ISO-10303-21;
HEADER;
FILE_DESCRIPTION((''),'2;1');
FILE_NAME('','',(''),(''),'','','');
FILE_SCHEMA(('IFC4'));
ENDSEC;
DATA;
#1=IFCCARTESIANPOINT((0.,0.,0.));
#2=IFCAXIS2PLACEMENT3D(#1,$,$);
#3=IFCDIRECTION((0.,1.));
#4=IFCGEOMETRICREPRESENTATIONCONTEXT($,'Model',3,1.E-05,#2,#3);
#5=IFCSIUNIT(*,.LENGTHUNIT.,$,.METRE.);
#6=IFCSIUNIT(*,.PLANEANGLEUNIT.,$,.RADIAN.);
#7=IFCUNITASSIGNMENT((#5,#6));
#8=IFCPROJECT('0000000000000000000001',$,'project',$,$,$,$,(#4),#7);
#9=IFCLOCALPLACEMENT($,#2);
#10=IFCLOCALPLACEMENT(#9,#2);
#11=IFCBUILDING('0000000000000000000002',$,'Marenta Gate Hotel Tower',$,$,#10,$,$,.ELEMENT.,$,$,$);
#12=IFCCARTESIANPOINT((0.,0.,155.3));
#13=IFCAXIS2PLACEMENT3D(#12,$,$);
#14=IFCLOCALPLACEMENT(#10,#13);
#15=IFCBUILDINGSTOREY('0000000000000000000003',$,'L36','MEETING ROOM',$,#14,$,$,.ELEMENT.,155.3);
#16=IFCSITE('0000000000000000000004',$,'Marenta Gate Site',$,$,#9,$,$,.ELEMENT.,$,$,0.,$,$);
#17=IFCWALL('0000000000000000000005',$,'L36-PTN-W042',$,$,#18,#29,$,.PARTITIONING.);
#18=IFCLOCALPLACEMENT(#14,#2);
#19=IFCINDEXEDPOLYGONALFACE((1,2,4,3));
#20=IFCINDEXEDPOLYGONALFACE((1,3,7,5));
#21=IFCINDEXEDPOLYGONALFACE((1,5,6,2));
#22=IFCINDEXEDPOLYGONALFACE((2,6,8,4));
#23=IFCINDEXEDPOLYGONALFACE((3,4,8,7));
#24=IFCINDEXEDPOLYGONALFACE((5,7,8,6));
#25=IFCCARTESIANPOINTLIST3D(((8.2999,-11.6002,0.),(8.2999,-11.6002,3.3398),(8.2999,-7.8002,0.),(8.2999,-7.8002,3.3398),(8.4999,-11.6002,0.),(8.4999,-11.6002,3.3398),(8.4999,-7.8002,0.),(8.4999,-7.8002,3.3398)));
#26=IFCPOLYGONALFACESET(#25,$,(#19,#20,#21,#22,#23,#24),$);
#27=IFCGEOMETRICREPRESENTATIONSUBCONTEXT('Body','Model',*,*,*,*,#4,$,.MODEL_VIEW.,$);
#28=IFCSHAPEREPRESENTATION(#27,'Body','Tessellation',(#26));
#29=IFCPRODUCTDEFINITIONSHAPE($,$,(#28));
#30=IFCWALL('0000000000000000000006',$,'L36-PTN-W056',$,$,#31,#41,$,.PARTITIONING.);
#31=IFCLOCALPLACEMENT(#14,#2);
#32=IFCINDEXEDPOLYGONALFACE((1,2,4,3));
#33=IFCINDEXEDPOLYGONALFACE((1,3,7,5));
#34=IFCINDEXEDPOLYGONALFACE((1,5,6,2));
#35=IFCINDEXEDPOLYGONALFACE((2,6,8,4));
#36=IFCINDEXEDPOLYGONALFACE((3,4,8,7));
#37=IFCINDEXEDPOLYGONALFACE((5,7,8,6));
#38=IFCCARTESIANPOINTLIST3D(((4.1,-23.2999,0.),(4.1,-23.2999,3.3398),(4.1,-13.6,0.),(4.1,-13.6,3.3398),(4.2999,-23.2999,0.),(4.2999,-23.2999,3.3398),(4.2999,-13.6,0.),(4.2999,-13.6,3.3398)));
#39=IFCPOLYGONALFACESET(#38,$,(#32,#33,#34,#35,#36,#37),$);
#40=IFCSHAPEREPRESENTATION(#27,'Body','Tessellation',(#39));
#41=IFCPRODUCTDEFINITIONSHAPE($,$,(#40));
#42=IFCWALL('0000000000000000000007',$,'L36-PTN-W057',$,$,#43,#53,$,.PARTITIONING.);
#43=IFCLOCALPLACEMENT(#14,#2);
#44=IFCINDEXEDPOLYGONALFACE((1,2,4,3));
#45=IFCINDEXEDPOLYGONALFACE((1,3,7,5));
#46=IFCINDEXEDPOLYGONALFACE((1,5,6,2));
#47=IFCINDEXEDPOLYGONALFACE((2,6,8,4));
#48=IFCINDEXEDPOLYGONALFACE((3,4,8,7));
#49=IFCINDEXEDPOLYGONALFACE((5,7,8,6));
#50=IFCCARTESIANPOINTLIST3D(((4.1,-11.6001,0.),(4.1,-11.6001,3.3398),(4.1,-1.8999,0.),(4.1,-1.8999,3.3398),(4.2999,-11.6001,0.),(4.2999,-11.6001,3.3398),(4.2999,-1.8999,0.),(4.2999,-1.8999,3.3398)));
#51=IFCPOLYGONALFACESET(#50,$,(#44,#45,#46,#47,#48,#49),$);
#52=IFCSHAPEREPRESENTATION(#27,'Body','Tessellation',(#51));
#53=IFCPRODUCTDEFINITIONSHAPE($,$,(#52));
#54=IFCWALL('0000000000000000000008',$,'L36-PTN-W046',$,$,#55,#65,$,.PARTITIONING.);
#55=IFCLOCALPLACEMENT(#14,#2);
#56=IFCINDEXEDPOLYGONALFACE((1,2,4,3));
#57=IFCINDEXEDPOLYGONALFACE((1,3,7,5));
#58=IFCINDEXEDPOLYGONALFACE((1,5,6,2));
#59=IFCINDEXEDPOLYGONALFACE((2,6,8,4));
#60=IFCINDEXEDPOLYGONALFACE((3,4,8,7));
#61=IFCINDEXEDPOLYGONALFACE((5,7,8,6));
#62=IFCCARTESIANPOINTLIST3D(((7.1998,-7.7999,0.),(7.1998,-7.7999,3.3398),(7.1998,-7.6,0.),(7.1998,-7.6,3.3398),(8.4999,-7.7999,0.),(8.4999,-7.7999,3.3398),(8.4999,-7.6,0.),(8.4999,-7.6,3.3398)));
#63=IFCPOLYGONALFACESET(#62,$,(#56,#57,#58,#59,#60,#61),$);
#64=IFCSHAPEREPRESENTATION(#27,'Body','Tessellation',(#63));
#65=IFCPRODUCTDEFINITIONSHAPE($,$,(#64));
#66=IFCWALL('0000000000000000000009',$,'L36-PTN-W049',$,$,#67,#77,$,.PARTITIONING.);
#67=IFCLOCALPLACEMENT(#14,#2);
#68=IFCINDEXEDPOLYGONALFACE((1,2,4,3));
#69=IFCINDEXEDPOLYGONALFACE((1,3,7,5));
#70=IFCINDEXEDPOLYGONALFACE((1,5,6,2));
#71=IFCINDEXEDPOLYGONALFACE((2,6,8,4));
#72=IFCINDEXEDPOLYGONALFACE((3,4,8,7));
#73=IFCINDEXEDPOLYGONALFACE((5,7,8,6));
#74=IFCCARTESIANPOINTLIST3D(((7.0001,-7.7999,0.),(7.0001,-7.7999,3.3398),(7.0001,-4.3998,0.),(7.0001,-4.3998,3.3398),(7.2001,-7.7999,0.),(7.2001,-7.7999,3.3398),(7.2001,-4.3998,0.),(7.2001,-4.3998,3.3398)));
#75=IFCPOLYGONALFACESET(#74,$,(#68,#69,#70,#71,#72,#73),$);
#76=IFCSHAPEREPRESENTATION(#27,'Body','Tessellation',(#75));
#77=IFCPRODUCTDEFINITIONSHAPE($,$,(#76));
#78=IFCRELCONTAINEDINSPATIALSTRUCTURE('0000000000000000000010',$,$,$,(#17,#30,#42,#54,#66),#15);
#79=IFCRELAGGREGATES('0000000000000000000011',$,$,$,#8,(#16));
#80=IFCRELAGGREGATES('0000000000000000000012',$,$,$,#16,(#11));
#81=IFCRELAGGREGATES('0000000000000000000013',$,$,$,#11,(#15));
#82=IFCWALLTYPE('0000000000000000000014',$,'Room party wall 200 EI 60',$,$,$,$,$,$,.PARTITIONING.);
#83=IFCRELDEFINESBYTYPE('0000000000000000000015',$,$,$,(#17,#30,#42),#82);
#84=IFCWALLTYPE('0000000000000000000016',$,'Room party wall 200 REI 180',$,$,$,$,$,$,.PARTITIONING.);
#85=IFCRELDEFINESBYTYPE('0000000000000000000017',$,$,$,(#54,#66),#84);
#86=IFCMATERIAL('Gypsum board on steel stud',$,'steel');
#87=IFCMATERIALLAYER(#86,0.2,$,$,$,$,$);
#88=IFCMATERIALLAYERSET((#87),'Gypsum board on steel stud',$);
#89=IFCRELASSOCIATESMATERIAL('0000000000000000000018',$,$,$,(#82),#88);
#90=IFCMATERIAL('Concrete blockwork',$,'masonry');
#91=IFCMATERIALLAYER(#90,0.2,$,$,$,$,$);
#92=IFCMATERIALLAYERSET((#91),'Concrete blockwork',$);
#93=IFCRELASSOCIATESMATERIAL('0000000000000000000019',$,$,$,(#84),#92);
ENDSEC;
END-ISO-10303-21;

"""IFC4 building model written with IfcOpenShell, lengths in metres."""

from ifc_helpers import new_model, si_unit, direction, frame, frame_2d, origin, place, context, subcontext, project, spatial, rectangle, extrude, material, layer, layer_set, type_object, element, save


model = new_model("IFC4")

# Units and contexts
model_context = context("Model", 3, precision=1e-05, world=origin(), true_north=direction((0.0, 1.0)))
body_context = subcontext(model_context, "Body", "Model", "MODEL_VIEW")
ifc_project = project(units=[si_unit("LENGTHUNIT", "METRE"), si_unit("PLANEANGLEUNIT", "RADIAN")], contexts=[model_context])

# Site, building, storey
site_placement = place(None, origin())
site = spatial("IfcSite", under=ifc_project, at=site_placement, Name="Marenta Gate Site", CompositionType="ELEMENT", RefElevation=0.0)
building_placement = place(site_placement, origin())
building = spatial("IfcBuilding", under=site, at=building_placement, Name="Marenta Gate Hotel Tower", CompositionType="ELEMENT")
storey_placement = place(building_placement, frame((0.0, 0.0, 155.3)))
storey = spatial("IfcBuildingStorey", under=building, at=storey_placement, Name="L36", Description="MEETING ROOM", CompositionType="ELEMENT", Elevation=155.3)

# Walls
ifc_material_1 = material(Name="Gypsum board on steel stud", Category="steel")
ifc_layer_1 = layer(ifc_material_1, 0.2)
ifc_layer_set_1 = layer_set([ifc_layer_1], Name="Gypsum board on steel stud")
wall_type_1 = type_object("IfcWallType", Name="Room party wall 200 EI 60", PredefinedType="PARTITIONING", material=ifc_layer_set_1)
wall_1_placement = place(storey_placement, frame((8.3999, -11.6001, 0.0), z_axis=(0.0, 0.0, 1.0), x_axis=(0.0, 1.0, 0.0)))
element("IfcWall", 1, at=wall_1_placement, inside=storey, type_object=wall_type_1, Name="L36-PTN-W042", PredefinedType="PARTITIONING", context=body_context, shape_type="SweptSolid", body=[
    extrude(rectangle(XDim=3.8, YDim=0.2, at=frame_2d((1.8999, 0.0))), origin(), (0.0, 0.0, 1.0), 3.3398),
])
wall_2_placement = place(storey_placement, frame((4.2, -23.3, 0.0), z_axis=(0.0, 0.0, 1.0), x_axis=(0.0, 1.0, 0.0)))
element("IfcWall", 2, at=wall_2_placement, inside=storey, type_object=wall_type_1, Name="L36-PTN-W056", PredefinedType="PARTITIONING", context=body_context, shape_type="SweptSolid", body=[
    extrude(rectangle(XDim=9.7, YDim=0.2, at=frame_2d((4.8501, 0.0))), origin(), (0.0, 0.0, 1.0), 3.3398),
])
wall_3_placement = place(storey_placement, frame((4.2, -11.6001, 0.0), z_axis=(0.0, 0.0, 1.0), x_axis=(0.0, 1.0, 0.0)))
element("IfcWall", 3, at=wall_3_placement, inside=storey, type_object=wall_type_1, Name="L36-PTN-W057", PredefinedType="PARTITIONING", context=body_context, shape_type="SweptSolid", body=[
    extrude(rectangle(XDim=9.7002, YDim=0.2, at=frame_2d((4.8501, 0.0))), origin(), (0.0, 0.0, 1.0), 3.3398),
])
ifc_material_2 = material(Name="Concrete blockwork", Category="masonry")
ifc_layer_2 = layer(ifc_material_2, 0.2)
ifc_layer_set_2 = layer_set([ifc_layer_2], Name="Concrete blockwork")
wall_type_2 = type_object("IfcWallType", Name="Room party wall 200 REI 180", PredefinedType="PARTITIONING", material=ifc_layer_set_2)
wall_4_placement = place(storey_placement, frame((7.2, -7.7, 0.0), z_axis=(0.0, 0.0, 1.0), x_axis=(1.0, 0.0, 0.0)))
element("IfcWall", 4, at=wall_4_placement, inside=storey, type_object=wall_type_2, Name="L36-PTN-W046", PredefinedType="PARTITIONING", context=body_context, shape_type="SweptSolid", body=[
    extrude(rectangle(XDim=1.3, YDim=0.2, at=frame_2d((0.6499, 0.0))), origin(), (0.0, 0.0, 1.0), 3.3398),
])
wall_5_placement = place(storey_placement, frame((7.1001, -7.8, 0.0), z_axis=(0.0, 0.0, 1.0), x_axis=(0.0, 1.0, 0.0)))
element("IfcWall", 5, at=wall_5_placement, inside=storey, type_object=wall_type_2, Name="L36-PTN-W049", PredefinedType="PARTITIONING", context=body_context, shape_type="SweptSolid", body=[
    extrude(rectangle(XDim=3.4001, YDim=0.2, at=frame_2d((1.7002, 0.0))), origin(), (0.0, 0.0, 1.0), 3.3398),
])

save(model, "model.ifc")
